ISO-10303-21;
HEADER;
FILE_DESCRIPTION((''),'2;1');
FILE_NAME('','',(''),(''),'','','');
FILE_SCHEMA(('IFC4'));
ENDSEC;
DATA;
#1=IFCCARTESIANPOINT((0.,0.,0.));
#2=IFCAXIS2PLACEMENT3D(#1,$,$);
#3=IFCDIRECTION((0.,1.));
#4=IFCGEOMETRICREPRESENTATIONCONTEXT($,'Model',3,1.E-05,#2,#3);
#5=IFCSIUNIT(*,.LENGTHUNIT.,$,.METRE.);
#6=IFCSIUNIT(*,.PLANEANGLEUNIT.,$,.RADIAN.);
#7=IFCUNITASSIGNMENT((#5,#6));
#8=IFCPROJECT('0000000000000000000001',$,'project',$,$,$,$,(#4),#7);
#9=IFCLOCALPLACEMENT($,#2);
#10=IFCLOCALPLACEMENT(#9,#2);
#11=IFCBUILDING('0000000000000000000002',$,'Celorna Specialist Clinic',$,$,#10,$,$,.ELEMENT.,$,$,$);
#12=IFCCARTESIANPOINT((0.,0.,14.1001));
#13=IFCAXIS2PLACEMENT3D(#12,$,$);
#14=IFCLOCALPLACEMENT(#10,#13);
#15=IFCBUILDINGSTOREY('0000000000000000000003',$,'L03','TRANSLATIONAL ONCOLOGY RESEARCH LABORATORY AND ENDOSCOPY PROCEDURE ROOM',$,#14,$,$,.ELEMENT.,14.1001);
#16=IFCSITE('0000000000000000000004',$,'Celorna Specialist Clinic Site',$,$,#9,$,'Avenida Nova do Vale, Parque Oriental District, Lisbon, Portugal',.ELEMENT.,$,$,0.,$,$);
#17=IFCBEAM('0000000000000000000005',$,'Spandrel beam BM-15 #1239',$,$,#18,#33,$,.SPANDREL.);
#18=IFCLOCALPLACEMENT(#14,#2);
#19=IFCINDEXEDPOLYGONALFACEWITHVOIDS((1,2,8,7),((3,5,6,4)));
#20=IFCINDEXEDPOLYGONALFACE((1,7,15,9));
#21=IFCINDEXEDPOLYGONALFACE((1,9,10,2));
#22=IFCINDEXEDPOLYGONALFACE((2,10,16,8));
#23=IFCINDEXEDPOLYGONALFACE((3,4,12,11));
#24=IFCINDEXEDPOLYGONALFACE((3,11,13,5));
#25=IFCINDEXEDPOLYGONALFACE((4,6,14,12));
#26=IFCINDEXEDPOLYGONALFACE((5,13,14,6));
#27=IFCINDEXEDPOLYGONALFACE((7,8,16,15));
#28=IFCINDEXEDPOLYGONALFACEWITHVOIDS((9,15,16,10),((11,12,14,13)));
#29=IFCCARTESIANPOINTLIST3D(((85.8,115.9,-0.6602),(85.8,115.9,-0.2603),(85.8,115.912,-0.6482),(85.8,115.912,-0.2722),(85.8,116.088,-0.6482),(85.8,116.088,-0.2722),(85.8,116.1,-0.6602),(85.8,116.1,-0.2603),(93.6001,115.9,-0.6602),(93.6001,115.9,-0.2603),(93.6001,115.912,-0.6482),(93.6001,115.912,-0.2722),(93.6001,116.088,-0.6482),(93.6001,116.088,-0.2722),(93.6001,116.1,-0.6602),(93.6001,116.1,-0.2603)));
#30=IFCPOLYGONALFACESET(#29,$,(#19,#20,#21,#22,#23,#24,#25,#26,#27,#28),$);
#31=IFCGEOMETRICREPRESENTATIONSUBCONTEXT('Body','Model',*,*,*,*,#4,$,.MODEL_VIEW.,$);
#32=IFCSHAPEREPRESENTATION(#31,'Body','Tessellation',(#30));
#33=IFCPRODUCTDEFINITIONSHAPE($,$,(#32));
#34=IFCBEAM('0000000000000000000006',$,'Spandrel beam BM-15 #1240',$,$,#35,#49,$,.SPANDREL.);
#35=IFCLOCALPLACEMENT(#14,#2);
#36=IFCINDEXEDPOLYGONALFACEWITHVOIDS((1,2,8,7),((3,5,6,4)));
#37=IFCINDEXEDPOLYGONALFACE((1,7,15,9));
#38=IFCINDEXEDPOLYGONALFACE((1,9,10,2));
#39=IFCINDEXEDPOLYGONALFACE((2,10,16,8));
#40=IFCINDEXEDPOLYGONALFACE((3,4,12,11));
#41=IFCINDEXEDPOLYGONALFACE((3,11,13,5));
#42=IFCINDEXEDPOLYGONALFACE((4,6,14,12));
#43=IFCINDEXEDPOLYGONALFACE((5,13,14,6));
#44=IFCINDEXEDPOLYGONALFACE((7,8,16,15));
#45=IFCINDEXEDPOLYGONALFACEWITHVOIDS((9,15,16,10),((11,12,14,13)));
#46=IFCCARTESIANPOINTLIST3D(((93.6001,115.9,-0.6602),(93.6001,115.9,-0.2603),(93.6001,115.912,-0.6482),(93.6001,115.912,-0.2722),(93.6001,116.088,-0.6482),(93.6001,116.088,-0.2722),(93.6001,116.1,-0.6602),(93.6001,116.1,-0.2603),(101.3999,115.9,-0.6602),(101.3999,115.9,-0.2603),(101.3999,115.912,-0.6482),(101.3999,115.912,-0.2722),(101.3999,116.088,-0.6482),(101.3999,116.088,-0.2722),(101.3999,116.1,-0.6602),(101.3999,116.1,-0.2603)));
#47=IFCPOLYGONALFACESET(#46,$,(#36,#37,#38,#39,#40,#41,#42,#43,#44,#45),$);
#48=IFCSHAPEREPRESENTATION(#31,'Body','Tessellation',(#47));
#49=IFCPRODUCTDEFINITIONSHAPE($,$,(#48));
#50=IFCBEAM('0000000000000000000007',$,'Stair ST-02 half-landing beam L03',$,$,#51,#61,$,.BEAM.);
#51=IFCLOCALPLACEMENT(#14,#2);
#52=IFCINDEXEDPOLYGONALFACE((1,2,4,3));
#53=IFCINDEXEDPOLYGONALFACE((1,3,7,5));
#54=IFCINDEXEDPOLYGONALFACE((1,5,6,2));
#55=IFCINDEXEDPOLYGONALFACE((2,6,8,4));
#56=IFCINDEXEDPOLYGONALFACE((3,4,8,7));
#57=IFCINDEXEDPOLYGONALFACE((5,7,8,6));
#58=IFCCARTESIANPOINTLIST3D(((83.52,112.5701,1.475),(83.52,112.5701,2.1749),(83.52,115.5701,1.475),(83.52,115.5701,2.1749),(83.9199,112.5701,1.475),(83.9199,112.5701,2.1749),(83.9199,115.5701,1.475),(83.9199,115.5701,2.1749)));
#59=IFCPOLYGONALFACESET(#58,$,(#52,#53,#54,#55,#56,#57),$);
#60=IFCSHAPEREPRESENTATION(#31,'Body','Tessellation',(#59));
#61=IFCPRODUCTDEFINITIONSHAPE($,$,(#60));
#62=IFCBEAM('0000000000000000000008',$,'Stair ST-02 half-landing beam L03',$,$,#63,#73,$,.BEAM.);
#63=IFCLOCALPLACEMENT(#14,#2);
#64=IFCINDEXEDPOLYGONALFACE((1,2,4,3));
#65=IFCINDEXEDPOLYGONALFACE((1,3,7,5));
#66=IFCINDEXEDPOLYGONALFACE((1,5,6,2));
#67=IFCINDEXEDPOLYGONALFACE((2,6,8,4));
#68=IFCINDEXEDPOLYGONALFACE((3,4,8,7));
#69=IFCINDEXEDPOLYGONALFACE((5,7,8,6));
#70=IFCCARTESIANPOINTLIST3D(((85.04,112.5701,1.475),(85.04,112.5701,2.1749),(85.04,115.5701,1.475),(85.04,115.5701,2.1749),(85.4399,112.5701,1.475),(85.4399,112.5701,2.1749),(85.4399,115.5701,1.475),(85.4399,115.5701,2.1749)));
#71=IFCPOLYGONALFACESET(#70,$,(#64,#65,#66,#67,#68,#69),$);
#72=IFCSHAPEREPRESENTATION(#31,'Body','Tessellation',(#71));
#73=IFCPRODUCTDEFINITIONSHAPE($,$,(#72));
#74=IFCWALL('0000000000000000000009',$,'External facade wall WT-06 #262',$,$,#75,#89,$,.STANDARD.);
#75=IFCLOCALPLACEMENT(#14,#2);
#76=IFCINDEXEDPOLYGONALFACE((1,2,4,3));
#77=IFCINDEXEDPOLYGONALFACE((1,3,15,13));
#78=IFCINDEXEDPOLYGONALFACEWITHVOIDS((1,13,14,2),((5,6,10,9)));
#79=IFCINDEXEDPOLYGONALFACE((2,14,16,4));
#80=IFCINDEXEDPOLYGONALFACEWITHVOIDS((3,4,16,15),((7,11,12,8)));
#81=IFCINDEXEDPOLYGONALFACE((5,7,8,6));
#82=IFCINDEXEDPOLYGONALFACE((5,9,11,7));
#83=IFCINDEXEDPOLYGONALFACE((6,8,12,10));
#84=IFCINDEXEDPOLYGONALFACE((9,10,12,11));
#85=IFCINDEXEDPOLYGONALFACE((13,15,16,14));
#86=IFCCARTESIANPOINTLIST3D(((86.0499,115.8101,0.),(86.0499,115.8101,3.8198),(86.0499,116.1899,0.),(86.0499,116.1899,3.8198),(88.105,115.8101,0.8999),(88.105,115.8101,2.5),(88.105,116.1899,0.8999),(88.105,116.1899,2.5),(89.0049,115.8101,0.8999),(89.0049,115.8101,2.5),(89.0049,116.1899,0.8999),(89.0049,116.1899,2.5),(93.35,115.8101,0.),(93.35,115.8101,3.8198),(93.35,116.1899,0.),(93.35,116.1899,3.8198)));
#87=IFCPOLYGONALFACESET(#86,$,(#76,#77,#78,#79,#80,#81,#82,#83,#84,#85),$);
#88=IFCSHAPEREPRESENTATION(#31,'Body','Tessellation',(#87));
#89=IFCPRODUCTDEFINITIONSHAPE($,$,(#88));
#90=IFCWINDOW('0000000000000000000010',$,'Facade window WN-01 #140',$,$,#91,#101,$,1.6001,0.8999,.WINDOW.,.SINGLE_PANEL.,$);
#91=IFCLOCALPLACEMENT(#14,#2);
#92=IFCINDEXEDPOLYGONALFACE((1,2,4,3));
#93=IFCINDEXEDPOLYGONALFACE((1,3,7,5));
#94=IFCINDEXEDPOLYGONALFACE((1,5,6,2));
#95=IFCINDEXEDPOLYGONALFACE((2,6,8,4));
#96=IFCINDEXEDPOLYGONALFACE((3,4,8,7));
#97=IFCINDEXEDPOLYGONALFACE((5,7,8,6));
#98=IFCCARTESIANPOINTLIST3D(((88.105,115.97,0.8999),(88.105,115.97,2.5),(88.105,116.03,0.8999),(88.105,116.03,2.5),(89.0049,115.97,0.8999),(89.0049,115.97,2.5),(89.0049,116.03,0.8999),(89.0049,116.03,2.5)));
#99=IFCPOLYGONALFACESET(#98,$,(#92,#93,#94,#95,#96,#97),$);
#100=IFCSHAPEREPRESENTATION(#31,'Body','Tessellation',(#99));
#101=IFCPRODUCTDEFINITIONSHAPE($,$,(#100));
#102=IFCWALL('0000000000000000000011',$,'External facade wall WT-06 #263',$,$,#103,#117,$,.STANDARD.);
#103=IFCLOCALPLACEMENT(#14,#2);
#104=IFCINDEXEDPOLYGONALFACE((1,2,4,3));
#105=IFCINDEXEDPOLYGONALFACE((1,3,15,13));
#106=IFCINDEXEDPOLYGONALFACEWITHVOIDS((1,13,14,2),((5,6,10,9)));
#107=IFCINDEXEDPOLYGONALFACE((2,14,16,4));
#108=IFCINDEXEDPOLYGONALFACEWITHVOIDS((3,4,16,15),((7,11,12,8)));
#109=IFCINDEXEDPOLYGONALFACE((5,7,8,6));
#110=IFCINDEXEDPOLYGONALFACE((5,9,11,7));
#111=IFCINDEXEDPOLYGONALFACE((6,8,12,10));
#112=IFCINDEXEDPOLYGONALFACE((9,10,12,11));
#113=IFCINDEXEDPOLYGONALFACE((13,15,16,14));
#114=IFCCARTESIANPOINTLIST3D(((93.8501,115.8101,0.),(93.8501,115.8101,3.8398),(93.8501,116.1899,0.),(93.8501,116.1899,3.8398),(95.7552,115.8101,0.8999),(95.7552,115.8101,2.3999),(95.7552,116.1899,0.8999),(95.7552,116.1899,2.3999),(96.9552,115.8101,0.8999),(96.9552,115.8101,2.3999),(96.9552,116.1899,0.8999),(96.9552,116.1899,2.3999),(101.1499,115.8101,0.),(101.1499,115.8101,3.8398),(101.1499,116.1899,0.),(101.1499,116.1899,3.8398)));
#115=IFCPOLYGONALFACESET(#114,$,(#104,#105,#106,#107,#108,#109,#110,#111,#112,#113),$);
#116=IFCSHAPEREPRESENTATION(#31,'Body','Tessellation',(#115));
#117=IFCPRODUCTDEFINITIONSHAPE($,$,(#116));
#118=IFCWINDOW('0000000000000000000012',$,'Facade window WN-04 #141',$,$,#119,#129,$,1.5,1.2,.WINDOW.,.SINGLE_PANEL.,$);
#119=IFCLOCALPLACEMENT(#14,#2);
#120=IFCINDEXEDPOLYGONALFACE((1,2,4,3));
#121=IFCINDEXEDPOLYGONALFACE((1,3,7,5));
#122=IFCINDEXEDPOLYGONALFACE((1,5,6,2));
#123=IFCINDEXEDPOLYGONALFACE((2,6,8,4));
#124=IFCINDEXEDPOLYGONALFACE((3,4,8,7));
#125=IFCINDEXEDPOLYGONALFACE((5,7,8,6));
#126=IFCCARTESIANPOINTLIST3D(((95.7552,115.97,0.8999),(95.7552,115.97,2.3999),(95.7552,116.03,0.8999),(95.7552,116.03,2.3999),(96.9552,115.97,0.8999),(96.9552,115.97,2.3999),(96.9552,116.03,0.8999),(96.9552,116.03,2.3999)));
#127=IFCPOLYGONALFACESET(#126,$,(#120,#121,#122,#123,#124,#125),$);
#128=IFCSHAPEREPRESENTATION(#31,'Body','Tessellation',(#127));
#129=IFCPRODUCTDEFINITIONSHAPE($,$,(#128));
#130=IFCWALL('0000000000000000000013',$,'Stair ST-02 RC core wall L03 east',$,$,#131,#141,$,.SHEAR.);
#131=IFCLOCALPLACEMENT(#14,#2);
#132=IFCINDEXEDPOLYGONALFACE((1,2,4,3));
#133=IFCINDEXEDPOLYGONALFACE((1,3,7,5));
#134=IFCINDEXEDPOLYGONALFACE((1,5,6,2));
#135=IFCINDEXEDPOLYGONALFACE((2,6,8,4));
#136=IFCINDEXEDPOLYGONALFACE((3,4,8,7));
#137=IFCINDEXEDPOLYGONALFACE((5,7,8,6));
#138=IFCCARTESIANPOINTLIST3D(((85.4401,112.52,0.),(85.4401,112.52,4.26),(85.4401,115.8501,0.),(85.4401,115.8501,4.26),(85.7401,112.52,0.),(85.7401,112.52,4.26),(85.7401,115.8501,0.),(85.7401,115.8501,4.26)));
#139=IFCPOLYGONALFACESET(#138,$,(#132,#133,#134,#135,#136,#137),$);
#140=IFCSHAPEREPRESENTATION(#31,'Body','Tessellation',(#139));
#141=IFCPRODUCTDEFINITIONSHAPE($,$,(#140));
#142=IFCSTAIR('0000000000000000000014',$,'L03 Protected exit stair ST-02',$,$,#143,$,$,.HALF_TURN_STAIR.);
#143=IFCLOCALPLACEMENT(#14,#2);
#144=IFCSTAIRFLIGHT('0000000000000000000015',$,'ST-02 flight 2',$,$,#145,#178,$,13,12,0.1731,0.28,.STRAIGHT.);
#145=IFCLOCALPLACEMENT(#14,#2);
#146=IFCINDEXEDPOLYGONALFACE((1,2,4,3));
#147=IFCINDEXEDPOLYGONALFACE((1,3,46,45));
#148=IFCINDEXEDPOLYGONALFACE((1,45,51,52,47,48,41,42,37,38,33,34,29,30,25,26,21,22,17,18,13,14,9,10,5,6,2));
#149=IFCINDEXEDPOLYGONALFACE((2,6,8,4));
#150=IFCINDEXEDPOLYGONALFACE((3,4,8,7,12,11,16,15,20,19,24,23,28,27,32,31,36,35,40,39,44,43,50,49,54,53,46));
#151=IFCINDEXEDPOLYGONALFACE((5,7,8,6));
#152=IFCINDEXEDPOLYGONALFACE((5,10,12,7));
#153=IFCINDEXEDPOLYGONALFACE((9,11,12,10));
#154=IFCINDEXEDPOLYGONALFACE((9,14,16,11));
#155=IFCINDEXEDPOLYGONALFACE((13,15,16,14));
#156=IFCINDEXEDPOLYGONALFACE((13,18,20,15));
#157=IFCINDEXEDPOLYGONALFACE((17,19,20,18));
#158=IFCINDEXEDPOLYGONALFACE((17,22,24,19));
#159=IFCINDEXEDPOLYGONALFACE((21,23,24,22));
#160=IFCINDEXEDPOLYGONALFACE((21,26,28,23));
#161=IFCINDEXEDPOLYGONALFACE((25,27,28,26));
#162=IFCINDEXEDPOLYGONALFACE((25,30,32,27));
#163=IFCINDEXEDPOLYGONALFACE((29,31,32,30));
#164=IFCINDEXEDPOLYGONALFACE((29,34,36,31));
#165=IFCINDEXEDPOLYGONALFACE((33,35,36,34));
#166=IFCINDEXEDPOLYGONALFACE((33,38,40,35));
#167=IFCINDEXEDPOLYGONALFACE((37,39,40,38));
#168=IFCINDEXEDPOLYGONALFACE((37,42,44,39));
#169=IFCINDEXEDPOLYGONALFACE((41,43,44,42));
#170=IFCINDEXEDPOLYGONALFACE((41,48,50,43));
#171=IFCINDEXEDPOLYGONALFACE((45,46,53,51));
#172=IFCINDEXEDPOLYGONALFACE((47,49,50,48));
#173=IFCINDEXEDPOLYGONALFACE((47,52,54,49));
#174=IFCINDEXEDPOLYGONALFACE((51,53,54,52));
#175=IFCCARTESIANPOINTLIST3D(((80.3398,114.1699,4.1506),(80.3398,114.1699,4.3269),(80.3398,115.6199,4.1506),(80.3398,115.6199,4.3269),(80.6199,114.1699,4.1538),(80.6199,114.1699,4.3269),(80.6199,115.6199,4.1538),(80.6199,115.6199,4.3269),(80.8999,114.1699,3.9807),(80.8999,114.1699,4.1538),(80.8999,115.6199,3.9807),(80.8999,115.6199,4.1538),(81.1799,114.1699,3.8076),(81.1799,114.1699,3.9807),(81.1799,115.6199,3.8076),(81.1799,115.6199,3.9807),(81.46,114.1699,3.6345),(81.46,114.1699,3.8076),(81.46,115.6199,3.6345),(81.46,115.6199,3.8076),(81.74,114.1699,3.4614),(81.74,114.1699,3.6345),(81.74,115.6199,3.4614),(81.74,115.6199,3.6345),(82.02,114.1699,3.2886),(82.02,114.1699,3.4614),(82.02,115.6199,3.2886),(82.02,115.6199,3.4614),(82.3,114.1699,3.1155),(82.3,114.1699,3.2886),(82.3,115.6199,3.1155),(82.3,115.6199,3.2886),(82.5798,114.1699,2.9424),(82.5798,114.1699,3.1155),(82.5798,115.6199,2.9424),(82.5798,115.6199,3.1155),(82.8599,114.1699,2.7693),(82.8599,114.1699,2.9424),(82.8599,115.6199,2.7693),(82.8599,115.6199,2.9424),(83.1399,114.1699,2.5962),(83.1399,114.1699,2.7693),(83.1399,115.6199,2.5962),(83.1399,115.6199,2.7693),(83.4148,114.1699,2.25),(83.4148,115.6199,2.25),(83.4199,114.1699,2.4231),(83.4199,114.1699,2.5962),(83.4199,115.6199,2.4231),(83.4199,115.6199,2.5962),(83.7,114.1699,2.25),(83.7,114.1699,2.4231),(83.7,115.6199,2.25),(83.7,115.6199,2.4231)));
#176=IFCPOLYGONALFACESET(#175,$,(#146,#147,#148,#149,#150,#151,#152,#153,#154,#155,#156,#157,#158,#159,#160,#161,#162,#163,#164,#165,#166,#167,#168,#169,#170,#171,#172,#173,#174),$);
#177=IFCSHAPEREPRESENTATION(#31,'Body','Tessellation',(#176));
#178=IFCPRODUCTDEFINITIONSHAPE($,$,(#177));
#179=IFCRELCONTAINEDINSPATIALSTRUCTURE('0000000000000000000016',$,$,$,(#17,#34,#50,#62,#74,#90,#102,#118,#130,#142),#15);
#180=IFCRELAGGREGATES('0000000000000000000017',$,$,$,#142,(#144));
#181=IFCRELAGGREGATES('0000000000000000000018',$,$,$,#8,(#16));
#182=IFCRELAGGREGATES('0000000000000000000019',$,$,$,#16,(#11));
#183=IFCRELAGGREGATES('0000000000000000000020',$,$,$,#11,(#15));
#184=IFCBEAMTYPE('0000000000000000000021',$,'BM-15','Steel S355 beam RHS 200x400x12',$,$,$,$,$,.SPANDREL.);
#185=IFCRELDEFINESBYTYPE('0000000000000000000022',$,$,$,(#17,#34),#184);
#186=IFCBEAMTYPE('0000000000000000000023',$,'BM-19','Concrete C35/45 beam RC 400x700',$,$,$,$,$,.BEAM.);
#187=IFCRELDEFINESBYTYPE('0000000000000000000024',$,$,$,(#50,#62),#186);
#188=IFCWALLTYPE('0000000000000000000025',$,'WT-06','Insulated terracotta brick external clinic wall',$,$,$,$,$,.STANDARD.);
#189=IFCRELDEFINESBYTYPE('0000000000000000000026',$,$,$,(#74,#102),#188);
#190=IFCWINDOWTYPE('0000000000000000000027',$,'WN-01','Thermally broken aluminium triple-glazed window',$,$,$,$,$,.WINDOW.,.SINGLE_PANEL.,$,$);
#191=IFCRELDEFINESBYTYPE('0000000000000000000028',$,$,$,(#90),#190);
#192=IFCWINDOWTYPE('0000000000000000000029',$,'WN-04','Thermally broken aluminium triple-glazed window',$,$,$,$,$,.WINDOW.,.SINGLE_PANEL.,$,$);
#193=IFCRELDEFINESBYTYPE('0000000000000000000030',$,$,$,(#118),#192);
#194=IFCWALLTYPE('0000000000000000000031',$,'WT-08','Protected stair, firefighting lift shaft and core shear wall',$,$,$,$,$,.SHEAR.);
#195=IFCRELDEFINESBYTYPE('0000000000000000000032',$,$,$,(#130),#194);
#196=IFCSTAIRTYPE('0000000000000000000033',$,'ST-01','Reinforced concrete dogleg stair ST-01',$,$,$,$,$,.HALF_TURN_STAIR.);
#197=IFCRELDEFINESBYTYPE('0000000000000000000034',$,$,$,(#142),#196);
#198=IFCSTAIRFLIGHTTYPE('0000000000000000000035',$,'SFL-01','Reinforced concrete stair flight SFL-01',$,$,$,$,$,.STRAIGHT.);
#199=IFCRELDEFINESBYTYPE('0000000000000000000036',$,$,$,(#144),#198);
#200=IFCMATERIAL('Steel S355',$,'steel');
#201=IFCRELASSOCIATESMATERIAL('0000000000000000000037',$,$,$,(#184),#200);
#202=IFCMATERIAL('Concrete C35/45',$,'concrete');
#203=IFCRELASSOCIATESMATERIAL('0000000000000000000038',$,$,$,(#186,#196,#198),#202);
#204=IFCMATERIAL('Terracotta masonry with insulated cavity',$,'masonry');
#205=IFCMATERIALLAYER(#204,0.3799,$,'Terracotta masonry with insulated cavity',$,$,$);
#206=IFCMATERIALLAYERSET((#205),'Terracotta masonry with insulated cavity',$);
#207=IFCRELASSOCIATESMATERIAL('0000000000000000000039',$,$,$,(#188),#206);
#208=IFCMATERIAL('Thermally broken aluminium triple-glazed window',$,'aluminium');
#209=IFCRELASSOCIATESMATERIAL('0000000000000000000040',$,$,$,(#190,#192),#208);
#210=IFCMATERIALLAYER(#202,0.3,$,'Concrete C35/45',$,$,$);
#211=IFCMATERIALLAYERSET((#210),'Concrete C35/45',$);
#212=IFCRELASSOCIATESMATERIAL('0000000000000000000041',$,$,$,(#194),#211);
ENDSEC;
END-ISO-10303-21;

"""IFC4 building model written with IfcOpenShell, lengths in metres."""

from ifc_helpers import new_model, si_unit, direction, frame, frame_2d, origin, origin_2d, place, context, subcontext, project, spatial, polyline, rectangle, hollow_rectangle, outline, extrude, material, layer, layer_set, material_profile, profile_set, type_object, element, fill, aggregate, save


model = new_model("IFC4")

# Units and contexts
model_context = context("Model", 3, precision=1e-05, world=origin(), true_north=direction((0.0, 1.0)))
body_context = subcontext(model_context, "Body", "Model", "MODEL_VIEW")
ifc_project = project(units=[si_unit("LENGTHUNIT", "METRE"), si_unit("PLANEANGLEUNIT", "RADIAN")], contexts=[model_context])

# Site, building, storey
site_placement = place(None, origin())
site = spatial("IfcSite", under=ifc_project, at=site_placement, Name="Celorna Specialist Clinic Site", LongName="Avenida Nova do Vale, Parque Oriental District, Lisbon, Portugal", CompositionType="ELEMENT", RefElevation=0.0)
building_placement = place(site_placement, origin())
building = spatial("IfcBuilding", under=site, at=building_placement, Name="Celorna Specialist Clinic", CompositionType="ELEMENT")
storey_placement = place(building_placement, frame((0.0, 0.0, 14.1001)))
storey = spatial("IfcBuildingStorey", under=building, at=storey_placement, Name="L03", Description="TRANSLATIONAL ONCOLOGY RESEARCH LABORATORY AND ENDOSCOPY PROCEDURE ROOM", CompositionType="ELEMENT", Elevation=14.1001)

# Shared definitions
ifc_material_1 = material(Name="Concrete C35/45", Category="concrete")

# Beams
ifc_material_2 = material(Name="Steel S355", Category="steel")
ifc_material_profile_1 = material_profile(ifc_material_2, hollow_rectangle(XDim=0.2, YDim=0.3999, WallThickness=0.012, at=origin_2d()), Name="RHS 200x400x12")
ifc_profile_set_1 = profile_set([ifc_material_profile_1], Name="Steel S355")
beam_type_1 = type_object("IfcBeamType", Name="BM-15", Description="Steel S355 beam RHS 200x400x12", PredefinedType="SPANDREL", material=ifc_profile_set_1)
beam_1_placement = place(storey_placement, frame((85.8, 116.0, -0.4602), z_axis=(1.0, 0.0, 0.0), x_axis=(0.0, 1.0, 0.0)))
element("IfcBeam", 1, at=beam_1_placement, inside=storey, type_object=beam_type_1, Name="Spandrel beam BM-15 #1239", PredefinedType="SPANDREL", context=body_context, shape_type="SweptSolid", body=[
    extrude(hollow_rectangle(XDim=0.2, YDim=0.3999, WallThickness=0.012, at=origin_2d()), origin(), (0.0, 0.0, 1.0), 7.8),
])
beam_2_placement = place(storey_placement, frame((93.6001, 116.0, -0.4602), z_axis=(1.0, 0.0, 0.0), x_axis=(0.0, 1.0, 0.0)))
element("IfcBeam", 2, at=beam_2_placement, inside=storey, type_object=beam_type_1, Name="Spandrel beam BM-15 #1240", PredefinedType="SPANDREL", context=body_context, shape_type="SweptSolid", body=[
    extrude(hollow_rectangle(XDim=0.2, YDim=0.3999, WallThickness=0.012, at=origin_2d()), origin(), (0.0, 0.0, 1.0), 7.7998),
])
ifc_material_profile_2 = material_profile(ifc_material_1, rectangle(XDim=0.3999, YDim=0.7, at=origin_2d()), Name="RC 400x700")
ifc_profile_set_2 = profile_set([ifc_material_profile_2], Name="Concrete C35/45")
beam_type_2 = type_object("IfcBeamType", Name="BM-19", Description="Concrete C35/45 beam RC 400x700", PredefinedType="BEAM", material=ifc_profile_set_2)
for number, where, z_axis, x_axis, name in (
    (3, (83.72, 112.5701, 1.825), (0.0, 1.0, 0.0), (-1.0, 0.0, 0.0), "Stair ST-02 half-landing beam L03"),
    (4, (85.24, 112.5701, 1.825), (0.0, 1.0, 0.0), (-1.0, 0.0, 0.0), "Stair ST-02 half-landing beam L03"),
):
    element("IfcBeam", number, at=place(storey_placement, frame(where, z_axis=z_axis, x_axis=x_axis)), inside=storey, type_object=beam_type_2, Name=name, PredefinedType="BEAM", context=body_context, shape_type="SweptSolid", body=[
        extrude(rectangle(XDim=0.3999, YDim=0.7, at=origin_2d()), origin(), (0.0, 0.0, 1.0), 3.0),
    ])

# Walls, openings, windows
ifc_material_3 = material(Name="Terracotta masonry with insulated cavity", Category="masonry")
ifc_layer_1 = layer(ifc_material_3, 0.3799, Name="Terracotta masonry with insulated cavity")
ifc_layer_set_1 = layer_set([ifc_layer_1], Name="Terracotta masonry with insulated cavity")
wall_type_1 = type_object("IfcWallType", Name="WT-06", Description="Insulated terracotta brick external clinic wall", PredefinedType="STANDARD", material=ifc_layer_set_1)
wall_1_placement = place(storey_placement, frame((86.05, 116.0, 0.0), z_axis=(0.0, 0.0, 1.0), x_axis=(1.0, 0.0, 0.0)))
wall_1 = element("IfcWall", 5, at=wall_1_placement, inside=storey, type_object=wall_type_1, Name="External facade wall WT-06 #262", PredefinedType="STANDARD", context=body_context, shape_type="SweptSolid", body=[
    extrude(rectangle(XDim=7.3, YDim=0.3799, at=frame_2d((3.6499, 0.0))), origin(), (0.0, 0.0, 1.0), 3.8198),
])
opening_1_placement = place(wall_1_placement, frame((2.0549, 0.0, 0.8999)))
opening_1 = element("IfcOpeningElement", 6, at=opening_1_placement, cuts=wall_1, PredefinedType="OPENING", context=body_context, shape_type="SweptSolid", body=[
    extrude(rectangle(XDim=0.8999, YDim=1.6001, at=frame_2d((0.45, 0.8))), frame((0.0, 0.2, 0.0), z_axis=(0.0, -1.0, 0.0), x_axis=(1.0, 0.0, 0.0)), (0.0, 0.0, 1.0), 0.3999),
])
ifc_material_4 = material(Name="Thermally broken aluminium triple-glazed window", Category="aluminium")
window_type_1 = type_object("IfcWindowType", Name="WN-01", Description="Thermally broken aluminium triple-glazed window", PartitioningType="SINGLE_PANEL", PredefinedType="WINDOW", material=ifc_material_4)
window_1_placement = place(opening_1_placement, origin())
window_1 = element("IfcWindow", 7, at=window_1_placement, inside=storey, type_object=window_type_1, Name="Facade window WN-01 #140", OverallHeight=1.6001, OverallWidth=0.8999, PartitioningType="SINGLE_PANEL", PredefinedType="WINDOW", context=body_context, shape_type="SweptSolid", body=[
    extrude(rectangle(XDim=0.8999, YDim=1.6001, at=frame_2d((0.45, 0.8))), frame((0.0, 0.03, 0.0), z_axis=(0.0, -1.0, 0.0), x_axis=(1.0, 0.0, 0.0)), (0.0, 0.0, 1.0), 0.0601),
])
fill(opening_1, window_1)
wall_2_placement = place(storey_placement, frame((93.8501, 116.0, 0.0), z_axis=(0.0, 0.0, 1.0), x_axis=(1.0, 0.0, 0.0)))
wall_2 = element("IfcWall", 8, at=wall_2_placement, inside=storey, type_object=wall_type_1, Name="External facade wall WT-06 #263", PredefinedType="STANDARD", context=body_context, shape_type="SweptSolid", body=[
    extrude(rectangle(XDim=7.2998, YDim=0.3799, at=frame_2d((3.6499, 0.0))), origin(), (0.0, 0.0, 1.0), 3.8398),
])
opening_2_placement = place(wall_2_placement, frame((1.905, 0.0, 0.8999)))
opening_2 = element("IfcOpeningElement", 9, at=opening_2_placement, cuts=wall_2, PredefinedType="OPENING", context=body_context, shape_type="SweptSolid", body=[
    extrude(rectangle(XDim=1.2, YDim=1.5, at=frame_2d((0.6001, 0.75))), frame((0.0, 0.2, 0.0), z_axis=(0.0, -1.0, 0.0), x_axis=(1.0, 0.0, 0.0)), (0.0, 0.0, 1.0), 0.3999),
])
window_type_2 = type_object("IfcWindowType", Name="WN-04", Description="Thermally broken aluminium triple-glazed window", PartitioningType="SINGLE_PANEL", PredefinedType="WINDOW", material=ifc_material_4)
window_2_placement = place(opening_2_placement, origin())
window_2 = element("IfcWindow", 10, at=window_2_placement, inside=storey, type_object=window_type_2, Name="Facade window WN-04 #141", OverallHeight=1.5, OverallWidth=1.2, PartitioningType="SINGLE_PANEL", PredefinedType="WINDOW", context=body_context, shape_type="SweptSolid", body=[
    extrude(rectangle(XDim=1.2, YDim=1.5, at=frame_2d((0.6001, 0.75))), frame((0.0, 0.03, 0.0), z_axis=(0.0, -1.0, 0.0), x_axis=(1.0, 0.0, 0.0)), (0.0, 0.0, 1.0), 0.0601),
])
fill(opening_2, window_2)

# Wall
ifc_layer_2 = layer(ifc_material_1, 0.3, Name="Concrete C35/45")
ifc_layer_set_2 = layer_set([ifc_layer_2], Name="Concrete C35/45")
wall_type_2 = type_object("IfcWallType", Name="WT-08", Description="Protected stair, firefighting lift shaft and core shear wall", PredefinedType="SHEAR", material=ifc_layer_set_2)
wall_3_placement = place(storey_placement, frame((85.5901, 112.52, 0.0), z_axis=(0.0, 0.0, 1.0), x_axis=(0.0, 1.0, 0.0)))
element("IfcWall", 11, at=wall_3_placement, inside=storey, type_object=wall_type_2, Name="Stair ST-02 RC core wall L03 east", PredefinedType="SHEAR", context=body_context, shape_type="SweptSolid", body=[
    extrude(rectangle(XDim=3.3301, YDim=0.3, at=frame_2d((1.665, 0.0))), origin(), (0.0, 0.0, 1.0), 4.26),
])

# Stair, stair flight
stair_type = type_object("IfcStairType", Name="ST-01", Description="Reinforced concrete dogleg stair ST-01", PredefinedType="HALF_TURN_STAIR", material=ifc_material_1)
stair_placement = place(storey_placement, origin())
stair = element("IfcStair", 12, at=stair_placement, inside=storey, type_object=stair_type, Name="L03 Protected exit stair ST-02", PredefinedType="HALF_TURN_STAIR")
stair_flight_type = type_object("IfcStairFlightType", Name="SFL-01", Description="Reinforced concrete stair flight SFL-01", PredefinedType="STRAIGHT", material=ifc_material_1)
stair_flight_placement = place(storey_placement, frame((83.7, 114.895, 2.25), z_axis=(0.0, 0.0, 1.0), x_axis=(-1.0, 0.0, 0.0)))
stair_flight = element("IfcStairFlight", 13, at=stair_flight_placement, type_object=stair_flight_type, Name="ST-02 flight 2", NumberOfRisers=13, NumberOfTreads=12, PredefinedType="STRAIGHT", RiserHeight=0.1731, TreadLength=0.28, context=body_context, shape_type="SweptSolid", body=[
    extrude(outline(polyline([(0.0, 0.0), (0.0, 0.1731), (0.28, 0.1731), (0.28, 0.3462), (0.5601, 0.3462), (0.5601, 0.5193), (0.8401, 0.5193), (0.8401, 0.6924), (1.1201, 0.6924), (1.1201, 0.8655), (1.3999, 0.8655), (1.3999, 1.0386), (1.6799, 1.0386), (1.6799, 1.2114), (1.96, 1.2114), (1.96, 1.3845), (2.24, 1.3845), (2.24, 1.5576), (2.52, 1.5576), (2.52, 1.7307), (2.8, 1.7307), (2.8, 1.9038), (3.0801, 1.9038), (3.0801, 2.0769), (3.3601, 2.0769), (3.3601, 2.25), (3.3601, 1.9006), (0.2852, 0.0), (0.0, 0.0)])), frame((0.0, 0.7251, 0.0), z_axis=(0.0, -1.0, 0.0), x_axis=(1.0, 0.0, 0.0)), (0.0, 0.0, 1.0), 1.45),
])
aggregate(stair, [stair_flight])

save(model, "model.ifc")
